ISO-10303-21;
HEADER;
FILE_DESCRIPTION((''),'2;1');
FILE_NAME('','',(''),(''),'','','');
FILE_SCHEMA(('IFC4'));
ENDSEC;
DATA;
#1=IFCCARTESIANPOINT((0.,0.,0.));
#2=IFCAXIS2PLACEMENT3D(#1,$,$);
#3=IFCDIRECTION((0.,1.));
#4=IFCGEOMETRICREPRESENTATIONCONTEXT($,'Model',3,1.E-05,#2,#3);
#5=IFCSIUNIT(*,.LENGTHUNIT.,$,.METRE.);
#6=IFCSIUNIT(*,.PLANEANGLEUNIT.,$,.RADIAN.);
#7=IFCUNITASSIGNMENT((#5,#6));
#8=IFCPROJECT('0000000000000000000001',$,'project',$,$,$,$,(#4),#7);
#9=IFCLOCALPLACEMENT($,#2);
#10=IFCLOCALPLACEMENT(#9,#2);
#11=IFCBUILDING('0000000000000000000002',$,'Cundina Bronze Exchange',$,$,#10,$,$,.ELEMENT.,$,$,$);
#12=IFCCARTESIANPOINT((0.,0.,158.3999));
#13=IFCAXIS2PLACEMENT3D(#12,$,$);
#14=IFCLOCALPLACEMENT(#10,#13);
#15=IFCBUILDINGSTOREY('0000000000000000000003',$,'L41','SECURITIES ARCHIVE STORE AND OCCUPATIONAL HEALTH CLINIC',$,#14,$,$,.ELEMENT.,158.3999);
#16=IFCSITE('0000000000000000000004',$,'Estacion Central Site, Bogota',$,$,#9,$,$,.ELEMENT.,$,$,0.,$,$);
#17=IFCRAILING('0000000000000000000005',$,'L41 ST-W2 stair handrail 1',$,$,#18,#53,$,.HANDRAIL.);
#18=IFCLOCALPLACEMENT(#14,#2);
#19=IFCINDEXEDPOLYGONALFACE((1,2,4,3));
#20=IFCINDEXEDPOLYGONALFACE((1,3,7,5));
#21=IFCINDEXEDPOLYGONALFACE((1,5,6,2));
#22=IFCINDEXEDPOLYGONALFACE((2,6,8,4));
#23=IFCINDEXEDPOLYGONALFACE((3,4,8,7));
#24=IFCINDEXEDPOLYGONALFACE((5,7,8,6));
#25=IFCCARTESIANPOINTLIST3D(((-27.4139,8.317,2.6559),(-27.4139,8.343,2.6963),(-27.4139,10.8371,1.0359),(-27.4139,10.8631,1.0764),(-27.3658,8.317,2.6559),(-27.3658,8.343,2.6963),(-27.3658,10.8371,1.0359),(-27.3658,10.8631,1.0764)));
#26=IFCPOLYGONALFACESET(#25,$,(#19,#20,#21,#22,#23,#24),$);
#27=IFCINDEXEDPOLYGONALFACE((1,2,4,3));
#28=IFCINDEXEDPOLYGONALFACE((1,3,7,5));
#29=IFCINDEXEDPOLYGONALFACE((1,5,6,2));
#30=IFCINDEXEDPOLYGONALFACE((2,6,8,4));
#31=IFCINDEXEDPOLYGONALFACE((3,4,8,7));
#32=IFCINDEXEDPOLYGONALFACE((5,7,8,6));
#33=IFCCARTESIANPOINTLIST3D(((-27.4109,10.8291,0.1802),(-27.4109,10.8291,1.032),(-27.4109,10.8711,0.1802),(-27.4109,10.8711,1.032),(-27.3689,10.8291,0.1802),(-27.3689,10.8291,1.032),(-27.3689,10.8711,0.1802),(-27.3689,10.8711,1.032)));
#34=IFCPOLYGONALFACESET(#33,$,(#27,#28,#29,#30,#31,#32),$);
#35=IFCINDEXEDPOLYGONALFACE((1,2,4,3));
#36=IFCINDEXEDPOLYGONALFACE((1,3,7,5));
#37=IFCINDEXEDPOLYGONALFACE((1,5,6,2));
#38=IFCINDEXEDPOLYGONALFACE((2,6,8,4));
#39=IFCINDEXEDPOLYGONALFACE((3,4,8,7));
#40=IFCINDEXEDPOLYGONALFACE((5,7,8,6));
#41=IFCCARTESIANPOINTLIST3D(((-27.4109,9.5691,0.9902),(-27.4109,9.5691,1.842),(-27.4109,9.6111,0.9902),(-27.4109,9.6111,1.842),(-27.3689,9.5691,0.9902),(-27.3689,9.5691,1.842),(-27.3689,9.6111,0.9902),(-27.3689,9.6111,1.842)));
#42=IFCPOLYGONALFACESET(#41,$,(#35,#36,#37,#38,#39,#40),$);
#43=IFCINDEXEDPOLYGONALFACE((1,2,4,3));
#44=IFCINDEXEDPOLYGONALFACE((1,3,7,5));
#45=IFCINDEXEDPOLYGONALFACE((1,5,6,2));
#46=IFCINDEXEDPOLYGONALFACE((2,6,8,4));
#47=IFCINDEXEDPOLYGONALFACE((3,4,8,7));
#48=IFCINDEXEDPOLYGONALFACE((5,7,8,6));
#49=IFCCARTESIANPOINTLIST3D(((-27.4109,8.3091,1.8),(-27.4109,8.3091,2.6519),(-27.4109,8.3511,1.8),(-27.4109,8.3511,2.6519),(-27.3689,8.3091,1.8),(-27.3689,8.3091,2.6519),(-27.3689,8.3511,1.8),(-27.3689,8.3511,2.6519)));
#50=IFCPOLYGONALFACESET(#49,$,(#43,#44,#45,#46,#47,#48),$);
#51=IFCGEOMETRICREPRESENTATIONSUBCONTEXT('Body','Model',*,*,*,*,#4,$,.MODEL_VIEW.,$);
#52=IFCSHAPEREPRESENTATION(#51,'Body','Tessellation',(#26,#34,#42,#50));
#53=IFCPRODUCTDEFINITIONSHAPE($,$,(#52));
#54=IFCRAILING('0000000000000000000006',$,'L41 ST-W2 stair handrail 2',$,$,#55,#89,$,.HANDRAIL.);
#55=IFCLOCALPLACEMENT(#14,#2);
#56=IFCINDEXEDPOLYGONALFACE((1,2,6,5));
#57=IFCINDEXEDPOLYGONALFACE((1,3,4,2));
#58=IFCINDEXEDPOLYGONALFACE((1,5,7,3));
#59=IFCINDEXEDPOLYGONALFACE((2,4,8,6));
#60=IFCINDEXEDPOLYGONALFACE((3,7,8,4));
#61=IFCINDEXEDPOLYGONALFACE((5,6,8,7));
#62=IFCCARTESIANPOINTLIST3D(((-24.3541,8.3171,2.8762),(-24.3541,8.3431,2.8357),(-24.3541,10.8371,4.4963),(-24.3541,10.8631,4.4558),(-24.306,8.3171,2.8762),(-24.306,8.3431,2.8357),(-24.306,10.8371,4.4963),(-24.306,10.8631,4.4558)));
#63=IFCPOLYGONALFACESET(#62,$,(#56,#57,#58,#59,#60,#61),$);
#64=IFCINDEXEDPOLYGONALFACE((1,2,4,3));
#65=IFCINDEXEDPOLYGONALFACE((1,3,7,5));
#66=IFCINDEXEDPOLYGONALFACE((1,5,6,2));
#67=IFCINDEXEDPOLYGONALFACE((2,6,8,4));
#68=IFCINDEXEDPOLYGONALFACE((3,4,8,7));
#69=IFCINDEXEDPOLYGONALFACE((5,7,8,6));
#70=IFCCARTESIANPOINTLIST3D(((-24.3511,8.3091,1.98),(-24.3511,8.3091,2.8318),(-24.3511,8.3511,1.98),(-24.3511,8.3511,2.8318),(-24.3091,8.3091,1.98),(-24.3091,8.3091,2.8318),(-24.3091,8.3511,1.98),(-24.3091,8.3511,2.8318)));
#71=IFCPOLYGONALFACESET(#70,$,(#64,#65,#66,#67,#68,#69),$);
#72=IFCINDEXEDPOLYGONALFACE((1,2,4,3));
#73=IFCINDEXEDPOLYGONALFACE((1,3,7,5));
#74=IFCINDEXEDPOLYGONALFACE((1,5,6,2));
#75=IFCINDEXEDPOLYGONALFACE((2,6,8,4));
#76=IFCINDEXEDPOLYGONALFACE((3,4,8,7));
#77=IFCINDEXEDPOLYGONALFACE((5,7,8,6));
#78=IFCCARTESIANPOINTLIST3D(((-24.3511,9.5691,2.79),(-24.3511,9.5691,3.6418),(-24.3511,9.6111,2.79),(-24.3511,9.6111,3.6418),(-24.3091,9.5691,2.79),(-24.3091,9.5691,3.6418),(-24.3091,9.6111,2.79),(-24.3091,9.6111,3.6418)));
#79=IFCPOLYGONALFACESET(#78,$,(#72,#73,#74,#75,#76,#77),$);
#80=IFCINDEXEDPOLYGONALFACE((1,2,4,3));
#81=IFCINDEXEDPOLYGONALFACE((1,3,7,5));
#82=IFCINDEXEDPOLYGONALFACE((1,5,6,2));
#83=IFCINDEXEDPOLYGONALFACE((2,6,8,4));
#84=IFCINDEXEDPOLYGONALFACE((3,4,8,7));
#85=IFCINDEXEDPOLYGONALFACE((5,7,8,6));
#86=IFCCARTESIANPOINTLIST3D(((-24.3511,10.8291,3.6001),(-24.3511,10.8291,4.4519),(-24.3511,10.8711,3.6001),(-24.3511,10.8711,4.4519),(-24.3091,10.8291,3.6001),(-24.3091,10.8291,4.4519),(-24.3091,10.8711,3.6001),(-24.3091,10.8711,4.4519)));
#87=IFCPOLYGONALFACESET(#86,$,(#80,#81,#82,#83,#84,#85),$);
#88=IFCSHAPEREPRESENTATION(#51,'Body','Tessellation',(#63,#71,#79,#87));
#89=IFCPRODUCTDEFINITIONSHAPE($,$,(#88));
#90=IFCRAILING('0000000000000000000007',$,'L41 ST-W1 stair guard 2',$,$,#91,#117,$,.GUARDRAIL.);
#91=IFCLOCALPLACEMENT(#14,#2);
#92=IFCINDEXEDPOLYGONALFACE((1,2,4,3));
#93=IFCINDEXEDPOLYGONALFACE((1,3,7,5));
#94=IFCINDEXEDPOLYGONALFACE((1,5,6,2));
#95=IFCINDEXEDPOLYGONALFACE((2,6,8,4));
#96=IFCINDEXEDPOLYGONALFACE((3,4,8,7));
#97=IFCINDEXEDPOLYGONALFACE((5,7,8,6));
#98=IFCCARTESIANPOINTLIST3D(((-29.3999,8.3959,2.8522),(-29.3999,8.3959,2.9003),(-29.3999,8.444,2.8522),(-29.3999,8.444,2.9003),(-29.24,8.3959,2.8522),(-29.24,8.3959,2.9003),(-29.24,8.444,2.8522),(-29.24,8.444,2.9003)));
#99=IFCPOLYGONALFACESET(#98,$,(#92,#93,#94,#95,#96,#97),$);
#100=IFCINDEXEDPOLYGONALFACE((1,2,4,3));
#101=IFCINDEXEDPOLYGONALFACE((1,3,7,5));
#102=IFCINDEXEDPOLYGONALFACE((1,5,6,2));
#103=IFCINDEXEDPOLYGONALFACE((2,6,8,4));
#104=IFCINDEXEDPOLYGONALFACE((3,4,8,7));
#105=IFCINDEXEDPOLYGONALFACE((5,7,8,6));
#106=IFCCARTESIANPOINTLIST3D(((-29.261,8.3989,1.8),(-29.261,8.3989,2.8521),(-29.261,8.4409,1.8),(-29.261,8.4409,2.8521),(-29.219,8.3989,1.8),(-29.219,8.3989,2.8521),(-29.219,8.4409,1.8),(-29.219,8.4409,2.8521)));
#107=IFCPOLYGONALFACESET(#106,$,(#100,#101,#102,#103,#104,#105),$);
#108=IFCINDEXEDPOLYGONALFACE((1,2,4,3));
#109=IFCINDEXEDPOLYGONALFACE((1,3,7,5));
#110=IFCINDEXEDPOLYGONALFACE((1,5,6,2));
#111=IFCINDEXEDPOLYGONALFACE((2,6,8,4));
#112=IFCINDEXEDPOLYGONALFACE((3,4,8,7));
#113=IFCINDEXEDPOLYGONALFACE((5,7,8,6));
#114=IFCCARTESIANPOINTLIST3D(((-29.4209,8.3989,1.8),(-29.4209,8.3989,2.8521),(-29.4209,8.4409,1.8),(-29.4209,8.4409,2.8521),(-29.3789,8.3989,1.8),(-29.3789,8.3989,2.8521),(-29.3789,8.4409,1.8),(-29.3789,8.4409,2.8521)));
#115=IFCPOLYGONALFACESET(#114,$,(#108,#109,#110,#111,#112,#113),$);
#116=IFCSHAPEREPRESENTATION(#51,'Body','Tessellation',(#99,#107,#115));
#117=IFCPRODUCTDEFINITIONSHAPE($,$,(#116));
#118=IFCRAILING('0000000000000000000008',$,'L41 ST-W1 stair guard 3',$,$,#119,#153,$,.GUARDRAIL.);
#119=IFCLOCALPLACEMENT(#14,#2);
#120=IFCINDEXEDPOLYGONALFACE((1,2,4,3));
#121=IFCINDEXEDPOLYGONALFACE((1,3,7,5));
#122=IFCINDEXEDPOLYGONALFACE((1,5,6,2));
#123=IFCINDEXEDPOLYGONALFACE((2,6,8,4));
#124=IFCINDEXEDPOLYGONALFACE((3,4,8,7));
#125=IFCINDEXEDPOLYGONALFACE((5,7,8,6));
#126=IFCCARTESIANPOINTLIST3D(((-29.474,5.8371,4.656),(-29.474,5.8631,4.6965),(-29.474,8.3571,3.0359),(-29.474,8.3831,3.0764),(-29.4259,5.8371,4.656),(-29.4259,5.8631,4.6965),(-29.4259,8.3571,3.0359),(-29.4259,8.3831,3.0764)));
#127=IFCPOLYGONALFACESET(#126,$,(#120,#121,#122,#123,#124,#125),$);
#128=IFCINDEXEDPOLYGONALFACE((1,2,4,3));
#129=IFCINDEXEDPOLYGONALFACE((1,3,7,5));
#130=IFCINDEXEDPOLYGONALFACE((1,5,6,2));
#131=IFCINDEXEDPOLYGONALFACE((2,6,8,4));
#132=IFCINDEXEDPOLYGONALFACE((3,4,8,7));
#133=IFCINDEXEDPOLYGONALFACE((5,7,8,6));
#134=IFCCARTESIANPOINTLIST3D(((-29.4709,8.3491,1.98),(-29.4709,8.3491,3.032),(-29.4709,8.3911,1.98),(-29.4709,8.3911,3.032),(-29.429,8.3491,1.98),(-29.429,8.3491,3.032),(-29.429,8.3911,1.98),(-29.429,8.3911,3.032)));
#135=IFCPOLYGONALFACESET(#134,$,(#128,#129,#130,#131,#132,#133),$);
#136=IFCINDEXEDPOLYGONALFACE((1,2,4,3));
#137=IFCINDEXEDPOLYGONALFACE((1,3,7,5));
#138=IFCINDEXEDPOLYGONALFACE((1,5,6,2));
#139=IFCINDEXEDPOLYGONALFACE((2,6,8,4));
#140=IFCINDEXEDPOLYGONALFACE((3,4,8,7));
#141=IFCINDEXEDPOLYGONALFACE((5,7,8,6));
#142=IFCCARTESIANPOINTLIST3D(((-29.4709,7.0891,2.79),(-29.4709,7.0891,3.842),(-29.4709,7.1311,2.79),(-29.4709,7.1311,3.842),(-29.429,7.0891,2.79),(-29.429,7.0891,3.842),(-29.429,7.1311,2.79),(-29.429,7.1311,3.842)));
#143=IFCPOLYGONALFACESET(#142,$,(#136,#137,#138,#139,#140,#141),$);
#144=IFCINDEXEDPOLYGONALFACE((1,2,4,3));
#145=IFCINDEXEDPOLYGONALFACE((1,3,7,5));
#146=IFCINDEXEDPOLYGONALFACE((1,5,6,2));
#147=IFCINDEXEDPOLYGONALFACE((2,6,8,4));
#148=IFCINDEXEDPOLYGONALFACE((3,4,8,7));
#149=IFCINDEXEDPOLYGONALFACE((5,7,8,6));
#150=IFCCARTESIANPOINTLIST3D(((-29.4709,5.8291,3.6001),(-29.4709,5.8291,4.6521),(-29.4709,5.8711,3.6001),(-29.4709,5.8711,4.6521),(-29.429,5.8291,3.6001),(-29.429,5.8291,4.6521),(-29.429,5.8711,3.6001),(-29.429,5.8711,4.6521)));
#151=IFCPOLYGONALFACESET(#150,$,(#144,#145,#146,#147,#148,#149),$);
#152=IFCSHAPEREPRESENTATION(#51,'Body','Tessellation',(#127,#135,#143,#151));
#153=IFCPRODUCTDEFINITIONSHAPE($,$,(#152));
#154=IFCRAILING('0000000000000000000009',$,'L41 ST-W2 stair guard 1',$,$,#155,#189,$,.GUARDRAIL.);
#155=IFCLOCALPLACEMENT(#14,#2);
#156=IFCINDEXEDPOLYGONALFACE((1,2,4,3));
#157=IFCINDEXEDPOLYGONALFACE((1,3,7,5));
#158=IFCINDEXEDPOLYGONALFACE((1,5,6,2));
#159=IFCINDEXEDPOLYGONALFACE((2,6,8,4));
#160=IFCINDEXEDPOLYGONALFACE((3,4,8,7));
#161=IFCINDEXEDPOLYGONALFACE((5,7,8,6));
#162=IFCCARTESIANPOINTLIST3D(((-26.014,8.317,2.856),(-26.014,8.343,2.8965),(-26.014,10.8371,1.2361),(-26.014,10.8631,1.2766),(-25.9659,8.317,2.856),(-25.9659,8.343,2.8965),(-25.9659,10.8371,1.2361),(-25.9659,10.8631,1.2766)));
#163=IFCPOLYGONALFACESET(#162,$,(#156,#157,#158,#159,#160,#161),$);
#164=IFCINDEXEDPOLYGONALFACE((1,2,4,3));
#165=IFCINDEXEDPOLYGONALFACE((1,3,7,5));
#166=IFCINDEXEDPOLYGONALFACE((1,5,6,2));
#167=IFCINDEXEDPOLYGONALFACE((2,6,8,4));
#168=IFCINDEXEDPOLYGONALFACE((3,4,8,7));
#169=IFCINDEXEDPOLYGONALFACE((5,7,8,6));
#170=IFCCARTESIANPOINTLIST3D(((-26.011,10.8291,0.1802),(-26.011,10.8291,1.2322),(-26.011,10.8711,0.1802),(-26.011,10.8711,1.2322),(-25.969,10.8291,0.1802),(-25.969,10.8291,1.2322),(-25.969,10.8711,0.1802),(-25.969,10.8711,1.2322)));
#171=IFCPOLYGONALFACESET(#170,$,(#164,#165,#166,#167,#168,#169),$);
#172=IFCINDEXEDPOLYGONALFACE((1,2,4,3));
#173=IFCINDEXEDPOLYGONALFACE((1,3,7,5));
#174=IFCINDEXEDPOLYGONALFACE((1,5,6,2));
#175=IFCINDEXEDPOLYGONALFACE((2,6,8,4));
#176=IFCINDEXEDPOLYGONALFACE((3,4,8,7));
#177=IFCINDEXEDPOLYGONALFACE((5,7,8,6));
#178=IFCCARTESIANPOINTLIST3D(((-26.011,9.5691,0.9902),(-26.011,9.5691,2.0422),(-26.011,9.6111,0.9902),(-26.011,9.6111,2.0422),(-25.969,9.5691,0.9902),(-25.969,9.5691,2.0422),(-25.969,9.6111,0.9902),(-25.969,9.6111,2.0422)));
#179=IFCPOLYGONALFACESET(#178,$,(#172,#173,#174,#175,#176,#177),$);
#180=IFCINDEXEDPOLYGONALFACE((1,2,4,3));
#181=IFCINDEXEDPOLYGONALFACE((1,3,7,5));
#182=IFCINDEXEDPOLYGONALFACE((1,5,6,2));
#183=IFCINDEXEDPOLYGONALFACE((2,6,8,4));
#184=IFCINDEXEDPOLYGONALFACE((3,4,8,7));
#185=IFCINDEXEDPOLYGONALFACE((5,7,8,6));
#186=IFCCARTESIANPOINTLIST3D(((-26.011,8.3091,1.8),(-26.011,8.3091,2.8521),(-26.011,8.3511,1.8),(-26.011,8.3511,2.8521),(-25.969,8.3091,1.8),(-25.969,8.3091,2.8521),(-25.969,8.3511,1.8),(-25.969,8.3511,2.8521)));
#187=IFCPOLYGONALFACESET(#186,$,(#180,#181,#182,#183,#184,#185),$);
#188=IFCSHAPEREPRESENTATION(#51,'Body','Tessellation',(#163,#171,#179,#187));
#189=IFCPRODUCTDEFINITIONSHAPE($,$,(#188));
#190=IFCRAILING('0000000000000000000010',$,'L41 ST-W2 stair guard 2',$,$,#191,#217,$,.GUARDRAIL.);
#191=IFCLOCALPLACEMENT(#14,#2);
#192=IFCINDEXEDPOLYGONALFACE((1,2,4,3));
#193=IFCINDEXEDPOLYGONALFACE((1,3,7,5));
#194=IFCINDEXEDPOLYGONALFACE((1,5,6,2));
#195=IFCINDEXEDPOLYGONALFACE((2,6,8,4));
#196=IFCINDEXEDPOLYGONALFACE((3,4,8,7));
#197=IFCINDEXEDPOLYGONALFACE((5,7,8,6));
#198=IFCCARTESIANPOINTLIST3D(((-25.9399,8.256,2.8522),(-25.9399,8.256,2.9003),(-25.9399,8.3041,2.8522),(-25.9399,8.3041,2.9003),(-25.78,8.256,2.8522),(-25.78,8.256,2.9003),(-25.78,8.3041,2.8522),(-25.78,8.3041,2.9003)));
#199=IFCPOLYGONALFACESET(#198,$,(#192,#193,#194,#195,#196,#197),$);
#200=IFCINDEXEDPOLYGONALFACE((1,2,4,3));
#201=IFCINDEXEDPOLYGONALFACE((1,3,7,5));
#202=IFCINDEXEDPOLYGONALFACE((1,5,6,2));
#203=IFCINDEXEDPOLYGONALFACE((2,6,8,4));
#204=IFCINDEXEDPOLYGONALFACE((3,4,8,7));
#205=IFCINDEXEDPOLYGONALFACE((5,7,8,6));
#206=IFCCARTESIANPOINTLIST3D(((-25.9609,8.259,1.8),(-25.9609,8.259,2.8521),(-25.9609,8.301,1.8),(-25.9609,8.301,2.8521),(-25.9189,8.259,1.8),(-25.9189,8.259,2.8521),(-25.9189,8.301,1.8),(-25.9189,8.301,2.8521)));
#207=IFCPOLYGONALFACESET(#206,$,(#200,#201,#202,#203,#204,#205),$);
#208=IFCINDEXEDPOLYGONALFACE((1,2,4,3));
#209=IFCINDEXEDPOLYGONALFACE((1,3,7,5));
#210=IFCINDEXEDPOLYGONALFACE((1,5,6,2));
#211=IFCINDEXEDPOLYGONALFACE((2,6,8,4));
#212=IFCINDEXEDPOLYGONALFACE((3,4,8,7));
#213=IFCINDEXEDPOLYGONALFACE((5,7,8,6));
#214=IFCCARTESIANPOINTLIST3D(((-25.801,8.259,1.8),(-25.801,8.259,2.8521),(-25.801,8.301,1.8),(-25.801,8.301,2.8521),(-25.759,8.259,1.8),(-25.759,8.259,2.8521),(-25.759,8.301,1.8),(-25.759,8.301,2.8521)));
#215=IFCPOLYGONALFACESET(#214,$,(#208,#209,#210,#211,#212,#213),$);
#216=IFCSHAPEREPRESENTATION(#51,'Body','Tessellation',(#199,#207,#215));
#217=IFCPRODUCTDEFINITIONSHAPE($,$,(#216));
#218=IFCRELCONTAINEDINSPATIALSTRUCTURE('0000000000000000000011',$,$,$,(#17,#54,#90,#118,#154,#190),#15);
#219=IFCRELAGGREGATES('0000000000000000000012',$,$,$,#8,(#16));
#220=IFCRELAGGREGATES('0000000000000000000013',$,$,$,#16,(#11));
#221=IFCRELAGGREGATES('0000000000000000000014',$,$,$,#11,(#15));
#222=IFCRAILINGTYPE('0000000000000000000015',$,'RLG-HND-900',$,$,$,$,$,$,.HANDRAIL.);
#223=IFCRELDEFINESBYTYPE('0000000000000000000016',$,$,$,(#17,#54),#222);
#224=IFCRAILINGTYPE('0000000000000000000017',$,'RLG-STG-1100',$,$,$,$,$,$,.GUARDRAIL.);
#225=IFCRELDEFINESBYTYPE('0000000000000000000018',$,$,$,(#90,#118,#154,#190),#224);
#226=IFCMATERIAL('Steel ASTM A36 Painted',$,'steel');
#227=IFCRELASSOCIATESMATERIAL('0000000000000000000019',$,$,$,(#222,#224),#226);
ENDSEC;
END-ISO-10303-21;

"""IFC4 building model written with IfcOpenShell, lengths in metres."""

from ifc_helpers import new_model, si_unit, direction, frame, origin, origin_2d, place, context, subcontext, project, spatial, rectangle, extrude, material, type_object, element, save


model = new_model("IFC4")

# Units and contexts
model_context = context("Model", 3, precision=1e-05, world=origin(), true_north=direction((0.0, 1.0)))
body_context = subcontext(model_context, "Body", "Model", "MODEL_VIEW")
ifc_project = project(units=[si_unit("LENGTHUNIT", "METRE"), si_unit("PLANEANGLEUNIT", "RADIAN")], contexts=[model_context])

# Site, building, storey
site_placement = place(None, origin())
site = spatial("IfcSite", under=ifc_project, at=site_placement, Name="Estacion Central Site, Bogota", CompositionType="ELEMENT", RefElevation=0.0)
building_placement = place(site_placement, origin())
building = spatial("IfcBuilding", under=site, at=building_placement, Name="Cundina Bronze Exchange", CompositionType="ELEMENT")
storey_placement = place(building_placement, frame((0.0, 0.0, 158.3999)))
storey = spatial("IfcBuildingStorey", under=building, at=storey_placement, Name="L41", Description="SECURITIES ARCHIVE STORE AND OCCUPATIONAL HEALTH CLINIC", CompositionType="ELEMENT", Elevation=158.3999)

# Shared definitions
ifc_material_1 = material(Name="Steel ASTM A36 Painted", Category="steel")

# Railings
railing_type_1 = type_object("IfcRailingType", Name="RLG-HND-900", PredefinedType="HANDRAIL", material=ifc_material_1)
railing_1_placement = place(storey_placement, frame((-27.3899, 10.8501, 0.1802)))
element("IfcRailing", 1, at=railing_1_placement, inside=storey, type_object=railing_type_1, Name="L41 ST-W2 stair handrail 1", PredefinedType="HANDRAIL", context=body_context, shape_type="SweptSolid", body=[
    extrude(rectangle(XDim=0.0481, YDim=0.0481, at=origin_2d()), frame((0.0, 0.0, 0.876), z_axis=(0.0, -0.8412, 0.540725), x_axis=(1.0, 0.0, 0.0)), (0.0, 0.0, 1.0), 2.9958),
    extrude(rectangle(XDim=0.042, YDim=0.042, at=origin_2d()), origin(), (0.0, 0.0, 1.0), 0.8518),
    extrude(rectangle(XDim=0.042, YDim=0.042, at=origin_2d()), frame((0.0, -1.26, 0.8101)), (0.0, 0.0, 1.0), 0.8518),
    extrude(rectangle(XDim=0.042, YDim=0.042, at=origin_2d()), frame((0.0, -2.52, 1.6199)), (0.0, 0.0, 1.0), 0.8518),
])
railing_2_placement = place(storey_placement, frame((-24.3301, 8.3301, 1.98)))
element("IfcRailing", 2, at=railing_2_placement, inside=storey, type_object=railing_type_1, Name="L41 ST-W2 stair handrail 2", PredefinedType="HANDRAIL", context=body_context, shape_type="SweptSolid", body=[
    extrude(rectangle(XDim=0.0481, YDim=0.0481, at=origin_2d()), frame((0.0, 0.0, 0.876), z_axis=(0.0, 0.841163, 0.540782), x_axis=(-1.0, 0.0, 0.0)), (0.0, 0.0, 1.0), 2.9958),
    extrude(rectangle(XDim=0.042, YDim=0.042, at=origin_2d()), origin(), (0.0, 0.0, 1.0), 0.8518),
    extrude(rectangle(XDim=0.042, YDim=0.042, at=origin_2d()), frame((0.0, 1.26, 0.8101)), (0.0, 0.0, 1.0), 0.8518),
    extrude(rectangle(XDim=0.042, YDim=0.042, at=origin_2d()), frame((0.0, 2.52, 1.6201)), (0.0, 0.0, 1.0), 0.8518),
])
railing_type_2 = type_object("IfcRailingType", Name="RLG-STG-1100", PredefinedType="GUARDRAIL", material=ifc_material_1)
railing_3_placement = place(storey_placement, frame((-29.24, 8.4199, 1.8)))
element("IfcRailing", 3, at=railing_3_placement, inside=storey, type_object=railing_type_2, Name="L41 ST-W1 stair guard 2", PredefinedType="GUARDRAIL", context=body_context, shape_type="SweptSolid", body=[
    extrude(rectangle(XDim=0.0481, YDim=0.0481, at=origin_2d()), frame((0.0, 0.0, 1.0762), z_axis=(-1.0, 0.0, 0.0), x_axis=(0.0, -1.0, 0.0)), (0.0, 0.0, 1.0), 0.1599),
    extrude(rectangle(XDim=0.042, YDim=0.042, at=origin_2d()), origin(), (0.0, 0.0, 1.0), 1.052),
    extrude(rectangle(XDim=0.042, YDim=0.042, at=origin_2d()), frame((-0.1599, 0.0, 0.0)), (0.0, 0.0, 1.0), 1.052),
])
railing_4_placement = place(storey_placement, frame((-29.45, 8.3701, 1.98)))
element("IfcRailing", 4, at=railing_4_placement, inside=storey, type_object=railing_type_2, Name="L41 ST-W1 stair guard 3", PredefinedType="GUARDRAIL", context=body_context, shape_type="SweptSolid", body=[
    extrude(rectangle(XDim=0.0481, YDim=0.0481, at=origin_2d()), frame((0.0, 0.0, 1.0762), z_axis=(0.0, -0.841163, 0.540782), x_axis=(1.0, 0.0, 0.0)), (0.0, 0.0, 1.0), 2.9958),
    extrude(rectangle(XDim=0.042, YDim=0.042, at=origin_2d()), origin(), (0.0, 0.0, 1.0), 1.052),
    extrude(rectangle(XDim=0.042, YDim=0.042, at=origin_2d()), frame((0.0, -1.26, 0.8101)), (0.0, 0.0, 1.0), 1.052),
    extrude(rectangle(XDim=0.042, YDim=0.042, at=origin_2d()), frame((0.0, -2.52, 1.6201)), (0.0, 0.0, 1.0), 1.052),
])
railing_5_placement = place(storey_placement, frame((-25.99, 10.8501, 0.1802)))
element("IfcRailing", 5, at=railing_5_placement, inside=storey, type_object=railing_type_2, Name="L41 ST-W2 stair guard 1", PredefinedType="GUARDRAIL", context=body_context, shape_type="SweptSolid", body=[
    extrude(rectangle(XDim=0.0481, YDim=0.0481, at=origin_2d()), frame((0.0, 0.0, 1.0762), z_axis=(0.0, -0.8412, 0.540725), x_axis=(1.0, 0.0, 0.0)), (0.0, 0.0, 1.0), 2.9958),
    extrude(rectangle(XDim=0.042, YDim=0.042, at=origin_2d()), origin(), (0.0, 0.0, 1.0), 1.052),
    extrude(rectangle(XDim=0.042, YDim=0.042, at=origin_2d()), frame((0.0, -1.26, 0.8101)), (0.0, 0.0, 1.0), 1.052),
    extrude(rectangle(XDim=0.042, YDim=0.042, at=origin_2d()), frame((0.0, -2.52, 1.6199)), (0.0, 0.0, 1.0), 1.052),
])
railing_6_placement = place(storey_placement, frame((-25.9399, 8.28, 1.8)))
element("IfcRailing", 6, at=railing_6_placement, inside=storey, type_object=railing_type_2, Name="L41 ST-W2 stair guard 2", PredefinedType="GUARDRAIL", context=body_context, shape_type="SweptSolid", body=[
    extrude(rectangle(XDim=0.0481, YDim=0.0481, at=origin_2d()), frame((0.0, 0.0, 1.0762), z_axis=(1.0, 0.0, 0.0), x_axis=(0.0, 1.0, 0.0)), (0.0, 0.0, 1.0), 0.1599),
    extrude(rectangle(XDim=0.042, YDim=0.042, at=origin_2d()), origin(), (0.0, 0.0, 1.0), 1.052),
    extrude(rectangle(XDim=0.042, YDim=0.042, at=origin_2d()), frame((0.1599, 0.0, 0.0)), (0.0, 0.0, 1.0), 1.052),
])

save(model, "model.ifc")
